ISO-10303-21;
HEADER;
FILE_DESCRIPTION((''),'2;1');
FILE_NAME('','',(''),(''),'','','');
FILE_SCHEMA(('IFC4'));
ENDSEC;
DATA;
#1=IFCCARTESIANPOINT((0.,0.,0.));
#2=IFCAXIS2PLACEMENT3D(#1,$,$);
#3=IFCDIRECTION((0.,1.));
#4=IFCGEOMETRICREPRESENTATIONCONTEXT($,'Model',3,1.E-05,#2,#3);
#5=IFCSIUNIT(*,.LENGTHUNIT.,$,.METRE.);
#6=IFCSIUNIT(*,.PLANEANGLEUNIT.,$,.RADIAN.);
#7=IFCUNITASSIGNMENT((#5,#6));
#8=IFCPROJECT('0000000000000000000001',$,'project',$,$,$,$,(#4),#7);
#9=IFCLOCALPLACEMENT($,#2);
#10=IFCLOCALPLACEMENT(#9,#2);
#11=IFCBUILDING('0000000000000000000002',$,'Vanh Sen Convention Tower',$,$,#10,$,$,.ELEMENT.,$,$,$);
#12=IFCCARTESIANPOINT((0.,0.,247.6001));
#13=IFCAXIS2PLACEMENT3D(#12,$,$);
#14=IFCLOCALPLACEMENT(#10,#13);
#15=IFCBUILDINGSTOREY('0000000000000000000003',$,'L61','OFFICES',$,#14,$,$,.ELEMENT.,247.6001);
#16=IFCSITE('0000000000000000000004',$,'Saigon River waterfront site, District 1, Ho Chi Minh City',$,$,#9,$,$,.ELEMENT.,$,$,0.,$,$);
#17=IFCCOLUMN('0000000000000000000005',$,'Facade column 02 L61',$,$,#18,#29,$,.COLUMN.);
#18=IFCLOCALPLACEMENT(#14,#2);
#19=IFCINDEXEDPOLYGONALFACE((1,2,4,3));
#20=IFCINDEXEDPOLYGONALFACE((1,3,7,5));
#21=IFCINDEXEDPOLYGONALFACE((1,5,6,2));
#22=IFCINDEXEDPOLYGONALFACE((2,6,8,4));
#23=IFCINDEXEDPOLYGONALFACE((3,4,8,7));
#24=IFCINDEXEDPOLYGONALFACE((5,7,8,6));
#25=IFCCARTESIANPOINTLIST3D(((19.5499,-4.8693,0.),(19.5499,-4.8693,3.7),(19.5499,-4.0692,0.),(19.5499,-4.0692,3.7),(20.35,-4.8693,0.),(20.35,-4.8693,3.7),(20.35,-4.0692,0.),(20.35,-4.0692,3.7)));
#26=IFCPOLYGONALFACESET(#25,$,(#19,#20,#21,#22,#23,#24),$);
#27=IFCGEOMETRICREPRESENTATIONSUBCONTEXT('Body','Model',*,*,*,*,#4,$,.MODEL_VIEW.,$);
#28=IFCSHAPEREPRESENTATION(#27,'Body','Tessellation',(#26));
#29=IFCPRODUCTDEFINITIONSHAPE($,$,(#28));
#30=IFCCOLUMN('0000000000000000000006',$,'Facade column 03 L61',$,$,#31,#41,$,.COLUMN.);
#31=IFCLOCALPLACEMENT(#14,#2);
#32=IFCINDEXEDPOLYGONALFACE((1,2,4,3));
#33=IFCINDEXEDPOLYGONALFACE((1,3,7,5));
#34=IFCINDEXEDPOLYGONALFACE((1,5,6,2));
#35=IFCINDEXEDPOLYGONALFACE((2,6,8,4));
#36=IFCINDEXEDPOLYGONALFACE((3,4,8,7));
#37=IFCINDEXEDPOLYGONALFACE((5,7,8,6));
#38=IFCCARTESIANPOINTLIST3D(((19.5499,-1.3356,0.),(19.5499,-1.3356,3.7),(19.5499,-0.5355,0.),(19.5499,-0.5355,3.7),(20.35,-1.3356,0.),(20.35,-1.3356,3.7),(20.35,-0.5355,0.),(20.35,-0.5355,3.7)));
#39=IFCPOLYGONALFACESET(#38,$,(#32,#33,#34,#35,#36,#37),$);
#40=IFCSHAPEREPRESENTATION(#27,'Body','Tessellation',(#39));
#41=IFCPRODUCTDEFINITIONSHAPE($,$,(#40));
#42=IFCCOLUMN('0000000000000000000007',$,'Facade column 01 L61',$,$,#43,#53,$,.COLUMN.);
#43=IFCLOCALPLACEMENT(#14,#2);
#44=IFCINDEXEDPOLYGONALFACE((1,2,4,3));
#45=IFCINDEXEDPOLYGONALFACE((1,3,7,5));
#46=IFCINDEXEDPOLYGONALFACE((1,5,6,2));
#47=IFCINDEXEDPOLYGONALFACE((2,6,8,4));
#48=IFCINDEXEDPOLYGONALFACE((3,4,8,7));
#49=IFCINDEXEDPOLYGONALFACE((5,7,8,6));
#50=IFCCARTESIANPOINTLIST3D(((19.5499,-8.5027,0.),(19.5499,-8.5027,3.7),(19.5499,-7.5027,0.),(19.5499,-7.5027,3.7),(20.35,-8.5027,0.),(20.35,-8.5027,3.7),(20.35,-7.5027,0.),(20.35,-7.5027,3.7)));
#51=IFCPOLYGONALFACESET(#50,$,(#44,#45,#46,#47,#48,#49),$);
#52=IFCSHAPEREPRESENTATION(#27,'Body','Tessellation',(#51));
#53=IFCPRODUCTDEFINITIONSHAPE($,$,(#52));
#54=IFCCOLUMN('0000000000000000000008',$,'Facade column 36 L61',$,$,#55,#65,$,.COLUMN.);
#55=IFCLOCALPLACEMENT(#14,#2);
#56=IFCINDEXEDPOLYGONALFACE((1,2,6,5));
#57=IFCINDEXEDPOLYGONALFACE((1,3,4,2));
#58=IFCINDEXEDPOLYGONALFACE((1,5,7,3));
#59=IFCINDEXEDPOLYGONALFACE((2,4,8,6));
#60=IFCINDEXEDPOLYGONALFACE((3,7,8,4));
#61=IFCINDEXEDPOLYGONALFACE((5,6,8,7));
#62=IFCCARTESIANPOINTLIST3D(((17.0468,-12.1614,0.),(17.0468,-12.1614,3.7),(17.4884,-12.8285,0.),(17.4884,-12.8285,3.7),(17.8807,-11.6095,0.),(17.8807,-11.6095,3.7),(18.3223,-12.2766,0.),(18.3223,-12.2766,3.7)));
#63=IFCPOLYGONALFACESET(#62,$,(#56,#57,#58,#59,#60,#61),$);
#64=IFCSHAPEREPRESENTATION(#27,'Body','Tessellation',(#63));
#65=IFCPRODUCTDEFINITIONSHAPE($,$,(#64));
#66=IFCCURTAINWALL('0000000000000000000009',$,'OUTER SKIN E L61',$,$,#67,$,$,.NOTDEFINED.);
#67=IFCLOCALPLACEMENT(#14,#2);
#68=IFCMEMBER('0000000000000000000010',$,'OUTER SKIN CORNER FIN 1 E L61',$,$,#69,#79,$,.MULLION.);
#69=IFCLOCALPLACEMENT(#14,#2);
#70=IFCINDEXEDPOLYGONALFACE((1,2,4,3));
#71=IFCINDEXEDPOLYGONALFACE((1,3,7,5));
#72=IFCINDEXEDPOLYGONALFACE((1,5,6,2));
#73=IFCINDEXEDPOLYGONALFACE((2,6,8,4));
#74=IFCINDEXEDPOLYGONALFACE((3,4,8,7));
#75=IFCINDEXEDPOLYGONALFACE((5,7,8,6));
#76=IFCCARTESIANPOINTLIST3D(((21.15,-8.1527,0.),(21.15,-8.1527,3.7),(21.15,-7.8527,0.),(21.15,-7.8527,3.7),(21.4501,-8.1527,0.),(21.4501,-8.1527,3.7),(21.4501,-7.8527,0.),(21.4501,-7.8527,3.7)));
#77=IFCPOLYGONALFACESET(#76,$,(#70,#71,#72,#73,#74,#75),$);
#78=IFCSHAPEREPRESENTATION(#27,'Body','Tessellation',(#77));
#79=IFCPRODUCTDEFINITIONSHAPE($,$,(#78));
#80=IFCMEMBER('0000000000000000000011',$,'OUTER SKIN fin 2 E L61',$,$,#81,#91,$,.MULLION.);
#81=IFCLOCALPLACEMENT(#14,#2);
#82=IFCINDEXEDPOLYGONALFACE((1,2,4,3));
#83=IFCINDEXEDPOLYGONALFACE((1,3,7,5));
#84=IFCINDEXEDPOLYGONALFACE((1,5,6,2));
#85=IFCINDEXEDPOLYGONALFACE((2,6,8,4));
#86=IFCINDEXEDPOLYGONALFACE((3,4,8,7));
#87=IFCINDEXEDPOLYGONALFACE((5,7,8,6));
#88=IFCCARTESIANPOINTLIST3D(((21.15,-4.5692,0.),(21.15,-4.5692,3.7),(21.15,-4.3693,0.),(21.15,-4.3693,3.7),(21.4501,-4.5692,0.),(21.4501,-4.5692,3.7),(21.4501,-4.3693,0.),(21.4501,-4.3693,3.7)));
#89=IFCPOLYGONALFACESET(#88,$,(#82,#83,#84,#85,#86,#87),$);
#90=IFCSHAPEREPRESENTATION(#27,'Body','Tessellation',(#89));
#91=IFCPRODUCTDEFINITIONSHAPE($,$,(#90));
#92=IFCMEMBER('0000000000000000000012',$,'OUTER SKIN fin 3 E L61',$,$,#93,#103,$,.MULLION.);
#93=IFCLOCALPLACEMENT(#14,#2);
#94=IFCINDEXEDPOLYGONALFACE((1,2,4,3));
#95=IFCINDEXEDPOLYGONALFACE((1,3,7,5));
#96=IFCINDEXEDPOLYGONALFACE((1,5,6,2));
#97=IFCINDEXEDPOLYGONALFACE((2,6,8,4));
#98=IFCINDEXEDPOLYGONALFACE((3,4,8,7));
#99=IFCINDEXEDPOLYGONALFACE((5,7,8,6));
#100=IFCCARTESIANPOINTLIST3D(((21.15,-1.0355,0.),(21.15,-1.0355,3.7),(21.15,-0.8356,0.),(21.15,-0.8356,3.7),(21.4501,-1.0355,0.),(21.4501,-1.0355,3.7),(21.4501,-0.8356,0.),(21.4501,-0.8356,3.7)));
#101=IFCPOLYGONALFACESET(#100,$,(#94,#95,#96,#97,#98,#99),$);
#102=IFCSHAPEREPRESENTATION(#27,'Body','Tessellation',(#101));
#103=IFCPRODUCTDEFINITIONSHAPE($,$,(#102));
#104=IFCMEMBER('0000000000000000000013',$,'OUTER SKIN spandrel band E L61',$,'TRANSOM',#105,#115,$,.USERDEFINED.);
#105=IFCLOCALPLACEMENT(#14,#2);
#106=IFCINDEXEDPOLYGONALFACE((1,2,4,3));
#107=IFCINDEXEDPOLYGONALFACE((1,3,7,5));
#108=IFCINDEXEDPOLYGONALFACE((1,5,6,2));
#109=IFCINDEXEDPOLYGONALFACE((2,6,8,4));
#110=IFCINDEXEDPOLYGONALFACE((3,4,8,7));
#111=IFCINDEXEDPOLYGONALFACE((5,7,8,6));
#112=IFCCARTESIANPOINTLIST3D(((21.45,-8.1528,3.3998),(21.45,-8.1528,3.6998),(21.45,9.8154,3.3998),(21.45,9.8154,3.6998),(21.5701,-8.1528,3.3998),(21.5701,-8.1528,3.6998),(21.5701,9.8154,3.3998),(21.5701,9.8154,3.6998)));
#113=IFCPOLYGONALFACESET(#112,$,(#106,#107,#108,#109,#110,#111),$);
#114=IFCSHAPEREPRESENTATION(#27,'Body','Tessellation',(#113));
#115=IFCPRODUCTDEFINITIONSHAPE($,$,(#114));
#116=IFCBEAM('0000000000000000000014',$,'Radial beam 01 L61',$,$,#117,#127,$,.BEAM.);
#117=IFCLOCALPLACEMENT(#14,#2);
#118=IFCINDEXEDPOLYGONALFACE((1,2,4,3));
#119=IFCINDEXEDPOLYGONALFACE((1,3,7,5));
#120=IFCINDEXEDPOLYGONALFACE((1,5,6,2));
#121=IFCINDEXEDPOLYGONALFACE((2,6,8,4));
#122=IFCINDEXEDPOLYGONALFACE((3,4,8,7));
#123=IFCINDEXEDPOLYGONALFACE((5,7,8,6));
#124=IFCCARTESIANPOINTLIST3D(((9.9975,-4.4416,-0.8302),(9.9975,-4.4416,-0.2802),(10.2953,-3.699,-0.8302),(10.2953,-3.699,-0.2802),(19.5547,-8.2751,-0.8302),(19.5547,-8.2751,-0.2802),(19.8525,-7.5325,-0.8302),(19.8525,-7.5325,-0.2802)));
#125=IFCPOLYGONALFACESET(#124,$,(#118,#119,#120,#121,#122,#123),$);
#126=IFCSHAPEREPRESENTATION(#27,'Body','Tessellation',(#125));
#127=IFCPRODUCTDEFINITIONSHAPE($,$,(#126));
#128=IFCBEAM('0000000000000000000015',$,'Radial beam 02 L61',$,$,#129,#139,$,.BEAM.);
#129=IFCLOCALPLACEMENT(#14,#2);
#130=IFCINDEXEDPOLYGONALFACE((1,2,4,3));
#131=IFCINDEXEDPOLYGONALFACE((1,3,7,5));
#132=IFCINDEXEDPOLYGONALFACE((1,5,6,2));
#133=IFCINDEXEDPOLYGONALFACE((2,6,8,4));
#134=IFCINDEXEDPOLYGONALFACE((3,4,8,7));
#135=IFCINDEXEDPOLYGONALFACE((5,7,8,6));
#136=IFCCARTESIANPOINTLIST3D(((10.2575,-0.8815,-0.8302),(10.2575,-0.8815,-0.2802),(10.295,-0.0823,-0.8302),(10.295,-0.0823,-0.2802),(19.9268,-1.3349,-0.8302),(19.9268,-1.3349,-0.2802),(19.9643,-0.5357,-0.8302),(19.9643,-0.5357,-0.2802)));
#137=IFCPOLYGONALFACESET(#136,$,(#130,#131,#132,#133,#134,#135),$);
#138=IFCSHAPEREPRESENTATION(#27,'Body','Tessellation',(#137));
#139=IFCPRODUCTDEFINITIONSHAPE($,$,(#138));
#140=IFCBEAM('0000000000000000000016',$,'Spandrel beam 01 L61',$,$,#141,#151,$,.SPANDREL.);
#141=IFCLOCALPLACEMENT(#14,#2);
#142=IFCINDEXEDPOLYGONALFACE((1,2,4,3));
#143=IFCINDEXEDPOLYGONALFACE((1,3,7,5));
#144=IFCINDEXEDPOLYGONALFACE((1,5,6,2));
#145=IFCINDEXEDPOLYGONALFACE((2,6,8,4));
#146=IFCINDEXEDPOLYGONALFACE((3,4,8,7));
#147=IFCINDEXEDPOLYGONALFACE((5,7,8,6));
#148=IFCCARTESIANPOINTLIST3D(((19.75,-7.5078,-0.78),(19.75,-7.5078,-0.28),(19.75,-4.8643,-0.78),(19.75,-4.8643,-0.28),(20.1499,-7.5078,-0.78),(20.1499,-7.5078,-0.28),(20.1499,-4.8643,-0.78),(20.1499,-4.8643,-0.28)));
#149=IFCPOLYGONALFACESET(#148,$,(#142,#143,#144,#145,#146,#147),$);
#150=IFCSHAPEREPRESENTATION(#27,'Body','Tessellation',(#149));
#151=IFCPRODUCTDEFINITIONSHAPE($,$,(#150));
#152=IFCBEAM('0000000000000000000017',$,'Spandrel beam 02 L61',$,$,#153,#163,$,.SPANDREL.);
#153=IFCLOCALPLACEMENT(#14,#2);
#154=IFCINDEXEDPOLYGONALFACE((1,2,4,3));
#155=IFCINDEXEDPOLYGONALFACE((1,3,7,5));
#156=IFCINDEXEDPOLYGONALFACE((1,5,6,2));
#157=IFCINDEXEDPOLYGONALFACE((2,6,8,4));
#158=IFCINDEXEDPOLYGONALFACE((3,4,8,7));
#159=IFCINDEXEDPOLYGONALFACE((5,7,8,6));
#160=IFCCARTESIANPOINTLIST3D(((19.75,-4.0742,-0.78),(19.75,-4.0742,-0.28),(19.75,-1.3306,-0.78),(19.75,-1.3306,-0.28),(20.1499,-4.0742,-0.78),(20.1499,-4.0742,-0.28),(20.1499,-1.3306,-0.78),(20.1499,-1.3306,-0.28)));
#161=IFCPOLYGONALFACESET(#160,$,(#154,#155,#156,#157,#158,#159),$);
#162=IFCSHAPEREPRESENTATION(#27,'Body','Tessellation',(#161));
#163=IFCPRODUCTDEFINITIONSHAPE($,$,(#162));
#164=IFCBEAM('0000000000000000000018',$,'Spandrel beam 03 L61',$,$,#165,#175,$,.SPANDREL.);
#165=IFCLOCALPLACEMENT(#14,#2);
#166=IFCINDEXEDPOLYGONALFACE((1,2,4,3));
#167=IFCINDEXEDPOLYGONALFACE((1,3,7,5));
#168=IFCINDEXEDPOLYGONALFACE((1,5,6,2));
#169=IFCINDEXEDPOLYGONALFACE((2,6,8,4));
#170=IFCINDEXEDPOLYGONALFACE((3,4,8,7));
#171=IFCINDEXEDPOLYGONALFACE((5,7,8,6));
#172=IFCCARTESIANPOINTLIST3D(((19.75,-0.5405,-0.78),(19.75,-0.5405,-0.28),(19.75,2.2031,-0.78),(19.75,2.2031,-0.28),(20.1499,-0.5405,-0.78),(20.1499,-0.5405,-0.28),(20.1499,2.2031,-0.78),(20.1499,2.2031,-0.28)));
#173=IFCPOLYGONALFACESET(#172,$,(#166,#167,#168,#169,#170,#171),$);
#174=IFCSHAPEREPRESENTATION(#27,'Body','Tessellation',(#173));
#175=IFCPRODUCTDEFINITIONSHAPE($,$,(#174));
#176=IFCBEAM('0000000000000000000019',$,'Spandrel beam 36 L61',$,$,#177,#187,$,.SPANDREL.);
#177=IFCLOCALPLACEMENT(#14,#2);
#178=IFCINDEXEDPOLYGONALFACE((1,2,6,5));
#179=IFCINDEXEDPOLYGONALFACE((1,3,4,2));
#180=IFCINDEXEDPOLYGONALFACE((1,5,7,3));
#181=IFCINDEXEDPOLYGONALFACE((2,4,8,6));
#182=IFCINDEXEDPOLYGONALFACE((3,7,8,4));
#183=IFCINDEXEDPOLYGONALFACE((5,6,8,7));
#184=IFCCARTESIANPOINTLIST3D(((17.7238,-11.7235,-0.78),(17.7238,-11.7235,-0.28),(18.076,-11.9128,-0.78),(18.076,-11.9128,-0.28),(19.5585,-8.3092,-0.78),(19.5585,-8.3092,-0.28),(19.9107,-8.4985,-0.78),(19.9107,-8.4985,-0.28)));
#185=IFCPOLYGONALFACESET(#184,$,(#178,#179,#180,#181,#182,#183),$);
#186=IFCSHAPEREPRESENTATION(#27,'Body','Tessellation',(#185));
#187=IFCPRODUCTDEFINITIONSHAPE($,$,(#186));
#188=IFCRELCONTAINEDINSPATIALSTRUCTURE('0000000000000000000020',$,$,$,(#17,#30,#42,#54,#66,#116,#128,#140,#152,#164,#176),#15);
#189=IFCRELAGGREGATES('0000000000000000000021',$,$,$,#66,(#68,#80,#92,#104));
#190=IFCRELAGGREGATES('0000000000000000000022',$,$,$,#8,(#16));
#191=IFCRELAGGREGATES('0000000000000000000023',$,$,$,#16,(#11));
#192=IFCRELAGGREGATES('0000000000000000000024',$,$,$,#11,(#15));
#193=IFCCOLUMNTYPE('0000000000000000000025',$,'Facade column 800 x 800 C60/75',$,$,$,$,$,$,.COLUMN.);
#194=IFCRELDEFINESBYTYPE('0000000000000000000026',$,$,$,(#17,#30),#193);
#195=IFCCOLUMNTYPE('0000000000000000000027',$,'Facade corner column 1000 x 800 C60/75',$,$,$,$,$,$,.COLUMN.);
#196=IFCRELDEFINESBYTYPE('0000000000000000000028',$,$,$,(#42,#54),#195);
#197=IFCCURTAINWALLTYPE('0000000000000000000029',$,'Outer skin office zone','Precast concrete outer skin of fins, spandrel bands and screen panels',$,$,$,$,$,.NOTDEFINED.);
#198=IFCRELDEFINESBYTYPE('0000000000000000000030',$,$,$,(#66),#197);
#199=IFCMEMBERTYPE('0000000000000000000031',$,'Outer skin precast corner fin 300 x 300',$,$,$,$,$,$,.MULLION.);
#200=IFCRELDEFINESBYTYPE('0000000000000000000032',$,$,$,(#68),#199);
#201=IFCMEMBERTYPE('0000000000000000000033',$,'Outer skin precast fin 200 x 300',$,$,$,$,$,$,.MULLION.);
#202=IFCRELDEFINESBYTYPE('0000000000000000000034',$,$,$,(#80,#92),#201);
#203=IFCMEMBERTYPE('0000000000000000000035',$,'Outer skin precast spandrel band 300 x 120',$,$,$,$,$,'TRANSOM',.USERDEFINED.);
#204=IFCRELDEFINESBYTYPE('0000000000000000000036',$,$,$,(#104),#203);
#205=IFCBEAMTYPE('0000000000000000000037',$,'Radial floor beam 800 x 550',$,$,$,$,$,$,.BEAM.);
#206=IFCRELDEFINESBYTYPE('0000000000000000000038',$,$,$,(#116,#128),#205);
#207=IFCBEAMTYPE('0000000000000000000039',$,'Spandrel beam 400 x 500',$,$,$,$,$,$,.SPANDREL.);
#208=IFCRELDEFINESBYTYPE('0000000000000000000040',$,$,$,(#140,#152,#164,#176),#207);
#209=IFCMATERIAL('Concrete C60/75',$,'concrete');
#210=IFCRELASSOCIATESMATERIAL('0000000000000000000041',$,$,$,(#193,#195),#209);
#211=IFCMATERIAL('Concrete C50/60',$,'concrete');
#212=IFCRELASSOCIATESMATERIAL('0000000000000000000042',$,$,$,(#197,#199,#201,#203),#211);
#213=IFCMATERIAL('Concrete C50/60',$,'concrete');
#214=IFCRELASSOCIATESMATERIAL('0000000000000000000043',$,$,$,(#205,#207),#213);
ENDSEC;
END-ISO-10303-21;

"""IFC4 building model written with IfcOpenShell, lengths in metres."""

from ifc_helpers import new_model, si_unit, direction, frame, origin, origin_2d, place, context, subcontext, project, spatial, rectangle, extrude, material, material_profile, profile_set, type_object, element, aggregate, save


model = new_model("IFC4")

# Units and contexts
model_context = context("Model", 3, precision=1e-05, world=origin(), true_north=direction((0.0, 1.0)))
body_context = subcontext(model_context, "Body", "Model", "MODEL_VIEW")
ifc_project = project(units=[si_unit("LENGTHUNIT", "METRE"), si_unit("PLANEANGLEUNIT", "RADIAN")], contexts=[model_context])

# Site, building, storey
site_placement = place(None, origin())
site = spatial("IfcSite", under=ifc_project, at=site_placement, Name="Saigon River waterfront site, District 1, Ho Chi Minh City", CompositionType="ELEMENT", RefElevation=0.0)
building_placement = place(site_placement, origin())
building = spatial("IfcBuilding", under=site, at=building_placement, Name="Vanh Sen Convention Tower", CompositionType="ELEMENT")
storey_placement = place(building_placement, frame((0.0, 0.0, 247.6001)))
storey = spatial("IfcBuildingStorey", under=building, at=storey_placement, Name="L61", Description="OFFICES", CompositionType="ELEMENT", Elevation=247.6001)

# Columns
ifc_material_1 = material(Name="Concrete C60/75", Category="concrete")
ifc_material_profile_1 = material_profile(ifc_material_1, rectangle(XDim=0.8, YDim=0.8, at=origin_2d()), Name="RC 800X800")
ifc_profile_set_1 = profile_set([ifc_material_profile_1], Name="Concrete C60/75")
column_type_1 = type_object("IfcColumnType", Name="Facade column 800 x 800 C60/75", PredefinedType="COLUMN", material=ifc_profile_set_1)
for number, where, z_axis, x_axis, name in (
    (1, (19.95, -4.4692, 0.0), (0.0, 0.0, 1.0), (0.0, 1.0, 0.0), "Facade column 02 L61"),
    (2, (19.95, -0.9355, 0.0), (0.0, 0.0, 1.0), (0.0, 1.0, 0.0), "Facade column 03 L61"),
):
    element("IfcColumn", number, at=place(storey_placement, frame(where, z_axis=z_axis, x_axis=x_axis)), inside=storey, type_object=column_type_1, Name=name, PredefinedType="COLUMN", context=body_context, shape_type="SweptSolid", body=[
        extrude(rectangle(XDim=0.8, YDim=0.8, at=origin_2d()), origin(), (0.0, 0.0, 1.0), 3.7),
    ])
ifc_material_profile_2 = material_profile(ifc_material_1, rectangle(XDim=1.0, YDim=0.8, at=origin_2d()), Name="RC 1000X800")
ifc_profile_set_2 = profile_set([ifc_material_profile_2], Name="Concrete C60/75")
column_type_2 = type_object("IfcColumnType", Name="Facade corner column 1000 x 800 C60/75", PredefinedType="COLUMN", material=ifc_profile_set_2)
for number, where, z_axis, x_axis, name in (
    (3, (19.95, -8.0027, 0.0), (0.0, 0.0, 1.0), (0.0, 1.0, 0.0), "Facade column 01 L61"),
    (4, (17.6846, -12.219, 0.0), (0.0, 0.0, 1.0), (0.833886, 0.551937, 0.0), "Facade column 36 L61"),
):
    element("IfcColumn", number, at=place(storey_placement, frame(where, z_axis=z_axis, x_axis=x_axis)), inside=storey, type_object=column_type_2, Name=name, PredefinedType="COLUMN", context=body_context, shape_type="SweptSolid", body=[
        extrude(rectangle(XDim=1.0, YDim=0.8, at=origin_2d()), origin(), (0.0, 0.0, 1.0), 3.7),
    ])

# Curtain wall, members
ifc_material_2 = material(Name="Concrete C50/60", Category="concrete")
curtain_wall_type = type_object("IfcCurtainWallType", Name="Outer skin office zone", Description="Precast concrete outer skin of fins, spandrel bands and screen panels", PredefinedType="NOTDEFINED", material=ifc_material_2)
curtain_wall_1_placement = place(storey_placement, origin())
curtain_wall_1 = element("IfcCurtainWall", 5, at=curtain_wall_1_placement, inside=storey, type_object=curtain_wall_type, Name="OUTER SKIN E L61", PredefinedType="NOTDEFINED")
ifc_material_profile_3 = material_profile(ifc_material_2, rectangle(XDim=0.3, YDim=0.3, at=origin_2d()), Name="Outer skin precast corner fin 300 x 300")
ifc_profile_set_3 = profile_set([ifc_material_profile_3], Name="Concrete C50/60")
member_type_1 = type_object("IfcMemberType", Name="Outer skin precast corner fin 300 x 300", PredefinedType="MULLION", material=ifc_profile_set_3)
member_1_placement = place(storey_placement, frame((21.3, -8.0027, 0.0), z_axis=(0.0, 0.0, 1.0), x_axis=(0.0, 1.0, 0.0)))
member_1 = element("IfcMember", 6, at=member_1_placement, type_object=member_type_1, Name="OUTER SKIN CORNER FIN 1 E L61", PredefinedType="MULLION", context=body_context, shape_type="SweptSolid", body=[
    extrude(rectangle(XDim=0.3, YDim=0.3, at=origin_2d()), origin(), (0.0, 0.0, 1.0), 3.7),
])
ifc_material_profile_4 = material_profile(ifc_material_2, rectangle(XDim=0.2, YDim=0.3, at=origin_2d()), Name="Outer skin precast fin 200 x 300")
ifc_profile_set_4 = profile_set([ifc_material_profile_4], Name="Concrete C50/60")
member_type_2 = type_object("IfcMemberType", Name="Outer skin precast fin 200 x 300", PredefinedType="MULLION", material=ifc_profile_set_4)
member_2_placement = place(storey_placement, frame((21.3, -4.4692, 0.0), z_axis=(0.0, 0.0, 1.0), x_axis=(0.0, 1.0, 0.0)))
member_2 = element("IfcMember", 7, at=member_2_placement, type_object=member_type_2, Name="OUTER SKIN fin 2 E L61", PredefinedType="MULLION", context=body_context, shape_type="SweptSolid", body=[
    extrude(rectangle(XDim=0.2, YDim=0.3, at=origin_2d()), origin(), (0.0, 0.0, 1.0), 3.7),
])
member_3_placement = place(storey_placement, frame((21.3, -0.9355, 0.0), z_axis=(0.0, 0.0, 1.0), x_axis=(0.0, 1.0, 0.0)))
member_3 = element("IfcMember", 8, at=member_3_placement, type_object=member_type_2, Name="OUTER SKIN fin 3 E L61", PredefinedType="MULLION", context=body_context, shape_type="SweptSolid", body=[
    extrude(rectangle(XDim=0.2, YDim=0.3, at=origin_2d()), origin(), (0.0, 0.0, 1.0), 3.7),
])
ifc_material_profile_5 = material_profile(ifc_material_2, rectangle(XDim=0.1201, YDim=0.3, at=origin_2d()), Name="Outer skin precast spandrel band 300 x 120")
ifc_profile_set_5 = profile_set([ifc_material_profile_5], Name="Concrete C50/60")
member_type_3 = type_object("IfcMemberType", Name="Outer skin precast spandrel band 300 x 120", ElementType="TRANSOM", PredefinedType="USERDEFINED", material=ifc_profile_set_5)
member_4_placement = place(storey_placement, frame((21.51, -8.1528, 3.5498), z_axis=(0.0, 1.0, 0.0), x_axis=(-1.0, 0.0, 0.0)))
member_4 = element("IfcMember", 9, at=member_4_placement, type_object=member_type_3, Name="OUTER SKIN spandrel band E L61", ObjectType="TRANSOM", PredefinedType="USERDEFINED", context=body_context, shape_type="SweptSolid", body=[
    extrude(rectangle(XDim=0.1201, YDim=0.3, at=origin_2d()), origin(), (0.0, 0.0, 1.0), 17.9683),
])

# Beams
ifc_material_3 = material(Name="Concrete C50/60", Category="concrete")
ifc_material_profile_6 = material_profile(ifc_material_3, rectangle(XDim=0.8, YDim=0.55, at=origin_2d()), Name="RC 800X550")
ifc_profile_set_6 = profile_set([ifc_material_profile_6], Name="Concrete C50/60")
beam_type_1 = type_object("IfcBeamType", Name="Radial floor beam 800 x 550", PredefinedType="BEAM", material=ifc_profile_set_6)
beam_1_placement = place(storey_placement, frame((19.7036, -7.9038, -0.5552), z_axis=(-0.92812, 0.372282, 0.0), x_axis=(-0.372282, -0.92812, 0.0)))
element("IfcBeam", 10, at=beam_1_placement, inside=storey, type_object=beam_type_1, Name="Radial beam 01 L61", PredefinedType="BEAM", context=body_context, shape_type="SweptSolid", body=[
    extrude(rectangle(XDim=0.8, YDim=0.55, at=origin_2d()), origin(), (0.0, 0.0, 1.0), 10.2974),
])
beam_2_placement = place(storey_placement, frame((19.9456, -0.9353, -0.5552), z_axis=(-0.998903, 0.046837, 0.0), x_axis=(-0.046837, -0.998903, 0.0)))
element("IfcBeam", 11, at=beam_2_placement, inside=storey, type_object=beam_type_1, Name="Radial beam 02 L61", PredefinedType="BEAM", context=body_context, shape_type="SweptSolid", body=[
    extrude(rectangle(XDim=0.8, YDim=0.55, at=origin_2d()), origin(), (0.0, 0.0, 1.0), 9.6799),
])
ifc_material_profile_7 = material_profile(ifc_material_3, rectangle(XDim=0.3999, YDim=0.5, at=origin_2d()), Name="RC 400X500")
ifc_profile_set_7 = profile_set([ifc_material_profile_7], Name="Concrete C50/60")
beam_type_2 = type_object("IfcBeamType", Name="Spandrel beam 400 x 500", PredefinedType="SPANDREL", material=ifc_profile_set_7)
beam_3_placement = place(storey_placement, frame((19.95, -7.5078, -0.53), z_axis=(0.0, 1.0, 0.0), x_axis=(-1.0, 0.0, 0.0)))
element("IfcBeam", 12, at=beam_3_placement, inside=storey, type_object=beam_type_2, Name="Spandrel beam 01 L61", PredefinedType="SPANDREL", context=body_context, shape_type="SweptSolid", body=[
    extrude(rectangle(XDim=0.3999, YDim=0.5, at=origin_2d()), origin(), (0.0, 0.0, 1.0), 2.6436),
])
for number, where, z_axis, x_axis, name in (
    (13, (19.95, -4.0742, -0.53), (0.0, 1.0, 0.0), (-1.0, 0.0, 0.0), "Spandrel beam 02 L61"),
    (14, (19.95, -0.5405, -0.53), (0.0, 1.0, 0.0), (-1.0, 0.0, 0.0), "Spandrel beam 03 L61"),
):
    element("IfcBeam", number, at=place(storey_placement, frame(where, z_axis=z_axis, x_axis=x_axis)), inside=storey, type_object=beam_type_2, Name=name, PredefinedType="SPANDREL", context=body_context, shape_type="SweptSolid", body=[
        extrude(rectangle(XDim=0.3999, YDim=0.5, at=origin_2d()), origin(), (0.0, 0.0, 1.0), 2.7437),
    ])
beam_4_placement = place(storey_placement, frame((17.8999, -11.8181, -0.53), z_axis=(0.473348, 0.880875, 0.0), x_axis=(-0.880875, 0.473348, 0.0)))
element("IfcBeam", 15, at=beam_4_placement, inside=storey, type_object=beam_type_2, Name="Spandrel beam 36 L61", PredefinedType="SPANDREL", context=body_context, shape_type="SweptSolid", body=[
    extrude(rectangle(XDim=0.3999, YDim=0.5, at=origin_2d()), origin(), (0.0, 0.0, 1.0), 3.876),
])

aggregate(curtain_wall_1, [member_1, member_2, member_3, member_4])

save(model, "model.ifc")
